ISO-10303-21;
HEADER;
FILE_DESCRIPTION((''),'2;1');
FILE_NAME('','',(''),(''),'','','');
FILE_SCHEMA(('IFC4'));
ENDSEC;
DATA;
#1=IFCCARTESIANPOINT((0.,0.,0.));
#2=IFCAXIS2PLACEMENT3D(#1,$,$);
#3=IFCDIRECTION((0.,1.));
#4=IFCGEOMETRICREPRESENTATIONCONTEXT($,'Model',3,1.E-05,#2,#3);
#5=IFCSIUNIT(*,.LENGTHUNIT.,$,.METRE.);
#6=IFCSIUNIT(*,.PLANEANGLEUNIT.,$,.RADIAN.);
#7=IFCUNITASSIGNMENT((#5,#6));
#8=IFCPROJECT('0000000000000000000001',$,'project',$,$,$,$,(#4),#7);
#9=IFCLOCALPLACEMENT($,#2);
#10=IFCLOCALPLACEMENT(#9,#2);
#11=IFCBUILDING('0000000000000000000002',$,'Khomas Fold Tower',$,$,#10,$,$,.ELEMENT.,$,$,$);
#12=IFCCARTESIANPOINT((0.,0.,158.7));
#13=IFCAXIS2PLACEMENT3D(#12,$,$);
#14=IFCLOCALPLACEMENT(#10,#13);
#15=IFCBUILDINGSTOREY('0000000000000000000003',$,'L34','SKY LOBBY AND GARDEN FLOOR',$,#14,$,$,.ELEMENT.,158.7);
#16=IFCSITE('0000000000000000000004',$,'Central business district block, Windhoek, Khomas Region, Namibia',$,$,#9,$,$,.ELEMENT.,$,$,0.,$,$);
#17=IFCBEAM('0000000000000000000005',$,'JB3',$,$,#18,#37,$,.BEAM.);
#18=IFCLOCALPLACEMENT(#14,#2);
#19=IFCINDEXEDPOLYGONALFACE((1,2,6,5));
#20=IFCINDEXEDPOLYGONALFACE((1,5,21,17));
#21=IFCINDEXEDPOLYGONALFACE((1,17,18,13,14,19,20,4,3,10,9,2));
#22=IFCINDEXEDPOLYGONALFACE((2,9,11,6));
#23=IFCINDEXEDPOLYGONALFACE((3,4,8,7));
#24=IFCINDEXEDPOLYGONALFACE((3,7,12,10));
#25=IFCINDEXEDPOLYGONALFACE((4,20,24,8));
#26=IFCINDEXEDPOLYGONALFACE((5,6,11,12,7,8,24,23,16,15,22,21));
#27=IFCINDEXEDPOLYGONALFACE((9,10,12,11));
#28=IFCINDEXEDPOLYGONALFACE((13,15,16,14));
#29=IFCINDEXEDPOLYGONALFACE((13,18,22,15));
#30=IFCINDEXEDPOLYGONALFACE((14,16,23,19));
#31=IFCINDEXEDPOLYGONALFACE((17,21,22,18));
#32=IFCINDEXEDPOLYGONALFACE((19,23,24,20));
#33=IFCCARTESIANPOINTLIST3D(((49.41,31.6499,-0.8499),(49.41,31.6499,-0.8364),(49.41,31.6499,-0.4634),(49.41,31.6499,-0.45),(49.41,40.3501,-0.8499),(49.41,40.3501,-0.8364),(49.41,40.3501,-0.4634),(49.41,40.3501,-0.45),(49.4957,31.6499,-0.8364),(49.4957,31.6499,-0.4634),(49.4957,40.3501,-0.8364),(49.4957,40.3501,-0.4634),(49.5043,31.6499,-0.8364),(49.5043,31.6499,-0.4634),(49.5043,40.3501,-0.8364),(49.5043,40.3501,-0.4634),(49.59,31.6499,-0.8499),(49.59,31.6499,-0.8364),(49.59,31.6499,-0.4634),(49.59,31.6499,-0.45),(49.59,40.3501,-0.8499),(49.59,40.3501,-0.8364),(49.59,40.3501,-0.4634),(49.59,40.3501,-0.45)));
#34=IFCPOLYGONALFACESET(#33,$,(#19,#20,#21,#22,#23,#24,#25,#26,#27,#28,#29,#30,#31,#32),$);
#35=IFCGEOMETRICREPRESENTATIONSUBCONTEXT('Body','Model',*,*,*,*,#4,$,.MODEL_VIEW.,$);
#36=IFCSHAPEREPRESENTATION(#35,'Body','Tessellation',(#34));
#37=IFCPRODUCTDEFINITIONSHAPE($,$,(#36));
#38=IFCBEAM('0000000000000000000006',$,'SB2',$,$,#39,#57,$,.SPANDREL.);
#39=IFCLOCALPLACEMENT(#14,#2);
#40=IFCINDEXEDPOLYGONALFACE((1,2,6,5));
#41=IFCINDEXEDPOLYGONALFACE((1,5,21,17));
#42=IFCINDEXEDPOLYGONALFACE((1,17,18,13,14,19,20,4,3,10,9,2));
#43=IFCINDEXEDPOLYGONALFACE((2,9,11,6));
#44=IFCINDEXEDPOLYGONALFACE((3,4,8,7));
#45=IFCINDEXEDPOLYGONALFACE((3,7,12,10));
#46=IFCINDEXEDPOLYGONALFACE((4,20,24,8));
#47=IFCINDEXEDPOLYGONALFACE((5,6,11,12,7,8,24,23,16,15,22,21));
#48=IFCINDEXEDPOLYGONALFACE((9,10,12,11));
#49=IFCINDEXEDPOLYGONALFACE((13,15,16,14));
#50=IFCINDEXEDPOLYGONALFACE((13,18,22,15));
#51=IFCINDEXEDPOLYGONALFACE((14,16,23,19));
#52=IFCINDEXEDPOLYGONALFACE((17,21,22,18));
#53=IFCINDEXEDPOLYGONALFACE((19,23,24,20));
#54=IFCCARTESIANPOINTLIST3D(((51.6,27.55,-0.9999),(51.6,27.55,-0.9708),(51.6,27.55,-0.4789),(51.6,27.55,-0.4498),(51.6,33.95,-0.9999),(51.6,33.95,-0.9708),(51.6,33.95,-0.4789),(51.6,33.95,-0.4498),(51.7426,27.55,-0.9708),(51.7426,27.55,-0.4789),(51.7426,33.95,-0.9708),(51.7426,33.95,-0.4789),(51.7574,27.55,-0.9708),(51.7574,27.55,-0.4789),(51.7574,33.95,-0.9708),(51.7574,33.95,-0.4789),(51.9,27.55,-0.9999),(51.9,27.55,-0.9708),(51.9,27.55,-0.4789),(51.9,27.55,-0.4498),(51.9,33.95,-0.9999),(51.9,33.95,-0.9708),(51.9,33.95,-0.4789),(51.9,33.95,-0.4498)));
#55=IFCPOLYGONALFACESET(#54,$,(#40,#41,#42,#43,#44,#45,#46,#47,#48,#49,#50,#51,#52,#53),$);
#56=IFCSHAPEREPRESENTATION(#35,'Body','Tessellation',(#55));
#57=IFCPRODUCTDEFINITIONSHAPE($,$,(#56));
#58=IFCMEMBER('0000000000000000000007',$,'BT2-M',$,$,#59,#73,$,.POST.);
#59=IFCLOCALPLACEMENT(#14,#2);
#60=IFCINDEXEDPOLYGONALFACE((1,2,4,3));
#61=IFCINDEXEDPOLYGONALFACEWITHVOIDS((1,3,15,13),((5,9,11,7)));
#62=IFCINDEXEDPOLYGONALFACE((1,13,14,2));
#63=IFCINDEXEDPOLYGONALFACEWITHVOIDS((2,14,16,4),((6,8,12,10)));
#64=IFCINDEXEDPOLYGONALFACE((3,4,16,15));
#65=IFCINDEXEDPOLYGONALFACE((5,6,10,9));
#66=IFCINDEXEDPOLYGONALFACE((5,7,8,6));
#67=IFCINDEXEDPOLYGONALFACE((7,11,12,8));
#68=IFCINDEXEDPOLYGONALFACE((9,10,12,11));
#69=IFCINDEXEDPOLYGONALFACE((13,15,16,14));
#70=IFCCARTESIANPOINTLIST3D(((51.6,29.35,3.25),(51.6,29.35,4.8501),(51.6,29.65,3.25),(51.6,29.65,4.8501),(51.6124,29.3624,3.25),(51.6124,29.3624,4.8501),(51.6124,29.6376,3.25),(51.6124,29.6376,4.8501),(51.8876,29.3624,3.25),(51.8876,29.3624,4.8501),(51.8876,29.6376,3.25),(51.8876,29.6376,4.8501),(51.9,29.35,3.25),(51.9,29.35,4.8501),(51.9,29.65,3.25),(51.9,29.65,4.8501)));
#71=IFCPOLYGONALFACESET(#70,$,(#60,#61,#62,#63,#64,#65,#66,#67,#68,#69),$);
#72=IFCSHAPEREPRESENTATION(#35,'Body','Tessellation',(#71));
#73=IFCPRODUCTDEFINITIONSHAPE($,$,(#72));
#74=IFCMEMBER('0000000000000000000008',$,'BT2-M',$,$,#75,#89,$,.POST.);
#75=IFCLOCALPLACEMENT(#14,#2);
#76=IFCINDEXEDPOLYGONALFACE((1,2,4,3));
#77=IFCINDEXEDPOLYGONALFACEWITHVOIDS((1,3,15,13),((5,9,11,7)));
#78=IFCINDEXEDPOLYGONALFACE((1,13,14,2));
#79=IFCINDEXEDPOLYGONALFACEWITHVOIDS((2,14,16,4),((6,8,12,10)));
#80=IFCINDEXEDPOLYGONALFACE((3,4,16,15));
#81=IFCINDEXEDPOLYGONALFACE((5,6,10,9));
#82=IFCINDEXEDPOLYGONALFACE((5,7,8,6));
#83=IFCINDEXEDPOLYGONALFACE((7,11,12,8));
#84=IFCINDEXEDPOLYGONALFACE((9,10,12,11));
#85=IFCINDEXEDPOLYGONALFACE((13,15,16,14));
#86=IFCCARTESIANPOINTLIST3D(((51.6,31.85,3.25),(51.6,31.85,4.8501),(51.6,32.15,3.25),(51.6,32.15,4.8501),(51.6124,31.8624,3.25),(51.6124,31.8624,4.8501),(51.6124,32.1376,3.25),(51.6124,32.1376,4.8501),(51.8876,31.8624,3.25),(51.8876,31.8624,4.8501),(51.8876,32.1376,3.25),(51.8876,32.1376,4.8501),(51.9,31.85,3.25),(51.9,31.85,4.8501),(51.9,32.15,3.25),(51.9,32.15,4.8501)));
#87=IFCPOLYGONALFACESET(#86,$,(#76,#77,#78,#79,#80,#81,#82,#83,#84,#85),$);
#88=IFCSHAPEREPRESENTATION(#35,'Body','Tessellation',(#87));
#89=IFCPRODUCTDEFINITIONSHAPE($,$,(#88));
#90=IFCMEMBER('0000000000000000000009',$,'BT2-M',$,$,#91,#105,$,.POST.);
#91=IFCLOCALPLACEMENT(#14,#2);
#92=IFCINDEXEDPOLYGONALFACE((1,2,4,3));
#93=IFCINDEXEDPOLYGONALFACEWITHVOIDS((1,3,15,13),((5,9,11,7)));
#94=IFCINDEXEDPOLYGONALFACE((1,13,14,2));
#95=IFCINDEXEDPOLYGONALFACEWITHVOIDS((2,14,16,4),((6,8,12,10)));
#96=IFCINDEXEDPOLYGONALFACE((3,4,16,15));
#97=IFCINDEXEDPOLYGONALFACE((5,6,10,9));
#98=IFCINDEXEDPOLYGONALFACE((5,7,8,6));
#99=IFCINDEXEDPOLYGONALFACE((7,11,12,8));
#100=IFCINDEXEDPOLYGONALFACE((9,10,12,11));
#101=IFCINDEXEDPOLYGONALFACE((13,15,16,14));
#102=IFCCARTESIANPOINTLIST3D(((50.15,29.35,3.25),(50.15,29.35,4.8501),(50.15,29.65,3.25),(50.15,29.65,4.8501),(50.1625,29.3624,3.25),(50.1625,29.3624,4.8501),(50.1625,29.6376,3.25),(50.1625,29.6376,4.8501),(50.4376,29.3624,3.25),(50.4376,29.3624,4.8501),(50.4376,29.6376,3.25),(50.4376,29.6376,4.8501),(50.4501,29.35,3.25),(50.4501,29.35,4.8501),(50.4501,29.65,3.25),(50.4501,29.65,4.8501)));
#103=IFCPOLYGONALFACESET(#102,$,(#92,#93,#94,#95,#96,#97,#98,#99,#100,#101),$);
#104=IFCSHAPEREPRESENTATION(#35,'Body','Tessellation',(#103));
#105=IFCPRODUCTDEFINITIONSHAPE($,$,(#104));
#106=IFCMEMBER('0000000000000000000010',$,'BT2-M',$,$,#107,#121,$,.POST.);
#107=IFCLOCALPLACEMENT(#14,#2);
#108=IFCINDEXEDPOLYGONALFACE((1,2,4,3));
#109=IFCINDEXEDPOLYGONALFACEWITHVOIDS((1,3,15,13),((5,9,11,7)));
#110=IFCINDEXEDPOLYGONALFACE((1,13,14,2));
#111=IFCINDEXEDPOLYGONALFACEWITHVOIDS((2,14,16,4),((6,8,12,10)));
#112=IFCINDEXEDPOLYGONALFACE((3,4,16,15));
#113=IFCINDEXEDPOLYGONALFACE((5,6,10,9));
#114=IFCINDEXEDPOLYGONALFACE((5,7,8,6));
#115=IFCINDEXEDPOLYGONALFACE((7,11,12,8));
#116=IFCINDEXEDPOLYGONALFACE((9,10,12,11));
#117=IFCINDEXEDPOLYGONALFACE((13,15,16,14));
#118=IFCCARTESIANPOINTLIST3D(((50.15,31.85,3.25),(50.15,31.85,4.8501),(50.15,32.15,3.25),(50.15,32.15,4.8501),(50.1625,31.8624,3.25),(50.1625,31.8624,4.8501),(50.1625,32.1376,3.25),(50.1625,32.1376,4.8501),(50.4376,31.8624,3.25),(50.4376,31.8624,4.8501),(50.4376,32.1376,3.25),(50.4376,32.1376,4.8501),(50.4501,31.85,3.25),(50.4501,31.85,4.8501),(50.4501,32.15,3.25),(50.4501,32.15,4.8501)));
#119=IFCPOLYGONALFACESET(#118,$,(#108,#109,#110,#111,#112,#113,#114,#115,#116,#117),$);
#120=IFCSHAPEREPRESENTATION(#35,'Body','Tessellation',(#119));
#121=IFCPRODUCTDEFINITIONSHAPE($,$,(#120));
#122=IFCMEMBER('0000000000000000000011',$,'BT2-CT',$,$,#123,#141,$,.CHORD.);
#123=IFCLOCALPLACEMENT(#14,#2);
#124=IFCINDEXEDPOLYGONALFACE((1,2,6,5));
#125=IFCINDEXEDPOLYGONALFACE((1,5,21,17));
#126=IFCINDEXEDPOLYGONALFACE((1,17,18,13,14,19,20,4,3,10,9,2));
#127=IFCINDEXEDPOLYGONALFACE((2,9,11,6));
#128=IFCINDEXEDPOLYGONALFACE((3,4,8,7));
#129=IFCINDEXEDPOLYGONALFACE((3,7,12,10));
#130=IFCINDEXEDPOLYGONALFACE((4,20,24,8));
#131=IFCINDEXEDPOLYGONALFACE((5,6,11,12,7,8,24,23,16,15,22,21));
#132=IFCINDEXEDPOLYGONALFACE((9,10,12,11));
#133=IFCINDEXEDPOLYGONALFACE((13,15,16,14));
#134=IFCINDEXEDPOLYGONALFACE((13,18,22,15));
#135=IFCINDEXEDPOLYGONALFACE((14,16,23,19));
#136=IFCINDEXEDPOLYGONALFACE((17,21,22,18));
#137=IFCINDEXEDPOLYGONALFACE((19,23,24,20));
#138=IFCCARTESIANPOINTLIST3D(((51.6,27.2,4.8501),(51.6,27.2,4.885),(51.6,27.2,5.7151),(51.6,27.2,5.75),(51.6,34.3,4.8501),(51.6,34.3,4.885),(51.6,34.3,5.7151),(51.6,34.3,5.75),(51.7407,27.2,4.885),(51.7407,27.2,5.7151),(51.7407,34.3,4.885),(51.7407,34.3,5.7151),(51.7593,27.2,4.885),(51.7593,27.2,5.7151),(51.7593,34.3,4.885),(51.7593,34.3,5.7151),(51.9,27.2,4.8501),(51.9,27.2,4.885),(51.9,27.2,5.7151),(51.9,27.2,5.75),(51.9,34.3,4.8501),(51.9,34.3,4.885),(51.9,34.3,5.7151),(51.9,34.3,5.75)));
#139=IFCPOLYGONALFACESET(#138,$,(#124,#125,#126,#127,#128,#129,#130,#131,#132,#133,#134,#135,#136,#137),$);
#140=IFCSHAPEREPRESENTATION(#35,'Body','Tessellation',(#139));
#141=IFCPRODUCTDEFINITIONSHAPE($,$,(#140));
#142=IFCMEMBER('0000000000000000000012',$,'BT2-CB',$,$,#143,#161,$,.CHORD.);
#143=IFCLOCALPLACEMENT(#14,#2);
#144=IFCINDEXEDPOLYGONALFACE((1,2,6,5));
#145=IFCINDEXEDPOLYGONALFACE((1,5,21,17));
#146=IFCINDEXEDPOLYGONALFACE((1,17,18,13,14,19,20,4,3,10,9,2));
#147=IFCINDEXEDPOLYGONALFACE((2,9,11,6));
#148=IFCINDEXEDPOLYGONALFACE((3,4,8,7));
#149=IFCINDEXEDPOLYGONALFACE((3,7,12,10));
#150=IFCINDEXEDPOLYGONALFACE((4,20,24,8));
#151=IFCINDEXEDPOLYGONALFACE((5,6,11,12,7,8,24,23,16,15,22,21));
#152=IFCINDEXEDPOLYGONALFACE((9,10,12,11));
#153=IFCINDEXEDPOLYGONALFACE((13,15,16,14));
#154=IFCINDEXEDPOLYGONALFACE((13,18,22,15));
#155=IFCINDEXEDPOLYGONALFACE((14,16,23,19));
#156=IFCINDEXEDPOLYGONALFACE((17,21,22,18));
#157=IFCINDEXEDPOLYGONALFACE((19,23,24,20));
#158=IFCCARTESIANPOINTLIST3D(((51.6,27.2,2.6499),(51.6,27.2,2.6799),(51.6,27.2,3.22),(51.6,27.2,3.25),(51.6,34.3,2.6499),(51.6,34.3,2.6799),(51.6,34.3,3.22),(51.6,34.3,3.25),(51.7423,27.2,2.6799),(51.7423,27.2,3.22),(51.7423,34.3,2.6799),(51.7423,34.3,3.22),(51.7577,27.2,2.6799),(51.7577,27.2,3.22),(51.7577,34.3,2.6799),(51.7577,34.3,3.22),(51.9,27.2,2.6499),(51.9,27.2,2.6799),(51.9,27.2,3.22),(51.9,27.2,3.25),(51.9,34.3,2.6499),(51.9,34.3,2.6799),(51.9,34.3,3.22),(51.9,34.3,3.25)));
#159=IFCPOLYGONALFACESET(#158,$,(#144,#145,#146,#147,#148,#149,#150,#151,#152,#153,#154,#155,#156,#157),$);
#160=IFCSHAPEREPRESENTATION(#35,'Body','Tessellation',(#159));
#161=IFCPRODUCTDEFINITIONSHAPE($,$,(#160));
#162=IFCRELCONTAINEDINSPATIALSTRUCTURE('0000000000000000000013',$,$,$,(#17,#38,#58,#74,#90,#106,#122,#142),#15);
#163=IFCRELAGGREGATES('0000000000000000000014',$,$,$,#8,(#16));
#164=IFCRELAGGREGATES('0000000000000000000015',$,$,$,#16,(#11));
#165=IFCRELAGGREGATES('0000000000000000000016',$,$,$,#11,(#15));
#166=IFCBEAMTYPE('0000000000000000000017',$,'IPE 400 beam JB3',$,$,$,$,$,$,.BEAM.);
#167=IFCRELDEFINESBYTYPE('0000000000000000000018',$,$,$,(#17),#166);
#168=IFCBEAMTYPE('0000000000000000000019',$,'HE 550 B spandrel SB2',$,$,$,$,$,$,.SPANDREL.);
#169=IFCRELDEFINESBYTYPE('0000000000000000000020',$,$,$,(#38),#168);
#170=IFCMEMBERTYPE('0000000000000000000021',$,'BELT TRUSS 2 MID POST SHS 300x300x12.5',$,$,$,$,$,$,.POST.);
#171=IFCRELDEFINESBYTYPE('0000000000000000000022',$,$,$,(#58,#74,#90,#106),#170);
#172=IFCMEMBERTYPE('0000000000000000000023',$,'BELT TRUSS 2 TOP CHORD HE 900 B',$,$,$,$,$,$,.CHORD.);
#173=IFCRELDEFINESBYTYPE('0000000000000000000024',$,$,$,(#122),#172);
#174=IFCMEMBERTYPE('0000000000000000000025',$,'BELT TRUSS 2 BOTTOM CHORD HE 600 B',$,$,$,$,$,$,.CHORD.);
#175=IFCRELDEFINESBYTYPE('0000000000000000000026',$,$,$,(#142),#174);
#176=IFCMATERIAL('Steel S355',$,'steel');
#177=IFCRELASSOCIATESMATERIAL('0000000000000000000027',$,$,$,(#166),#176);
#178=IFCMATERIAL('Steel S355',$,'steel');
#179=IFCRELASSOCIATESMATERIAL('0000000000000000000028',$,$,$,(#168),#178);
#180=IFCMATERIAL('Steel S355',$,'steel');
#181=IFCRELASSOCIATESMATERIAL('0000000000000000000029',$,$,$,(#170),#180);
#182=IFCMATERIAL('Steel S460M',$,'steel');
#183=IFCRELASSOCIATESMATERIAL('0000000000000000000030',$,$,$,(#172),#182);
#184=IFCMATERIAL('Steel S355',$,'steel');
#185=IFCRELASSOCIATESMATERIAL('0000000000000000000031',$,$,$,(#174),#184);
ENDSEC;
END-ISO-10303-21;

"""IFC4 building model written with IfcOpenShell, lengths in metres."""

from ifc_helpers import new_model, si_unit, direction, frame, origin, origin_2d, place, context, subcontext, project, spatial, hollow_rectangle, i_section, extrude, source, transform, mapped, material, material_profile, profile_set, type_object, element, save


model = new_model("IFC4")

# Units and contexts
model_context = context("Model", 3, precision=1e-05, world=origin(), true_north=direction((0.0, 1.0)))
body_context = subcontext(model_context, "Body", "Model", "MODEL_VIEW")
ifc_project = project(units=[si_unit("LENGTHUNIT", "METRE"), si_unit("PLANEANGLEUNIT", "RADIAN")], contexts=[model_context])

# Site, building, storey
site_placement = place(None, origin())
site = spatial("IfcSite", under=ifc_project, at=site_placement, Name="Central business district block, Windhoek, Khomas Region, Namibia", CompositionType="ELEMENT", RefElevation=0.0)
building_placement = place(site_placement, origin())
building = spatial("IfcBuilding", under=site, at=building_placement, Name="Khomas Fold Tower", CompositionType="ELEMENT")
storey_placement = place(building_placement, frame((0.0, 0.0, 158.7)))
storey = spatial("IfcBuildingStorey", under=building, at=storey_placement, Name="L34", Description="SKY LOBBY AND GARDEN FLOOR", CompositionType="ELEMENT", Elevation=158.7)

# Beams
ifc_material_1 = material(Name="Steel S355", Category="steel")
ifc_material_profile_1 = material_profile(ifc_material_1, i_section(OverallWidth=0.1799, OverallDepth=0.3999, WebThickness=0.0085, FlangeThickness=0.0134, at=origin_2d()), Name="IPE 400")
ifc_profile_set_1 = profile_set([ifc_material_profile_1], Name="Steel S355")
beam_type_1 = type_object("IfcBeamType", Name="IPE 400 beam JB3", PredefinedType="BEAM", material=ifc_profile_set_1)
shared_shape_1 = source(origin(), body_context, "Body", "SweptSolid", [
    extrude(i_section(OverallWidth=0.1799, OverallDepth=0.3999, WebThickness=0.0085, FlangeThickness=0.0134, at=origin_2d()), origin(), (0.0, 0.0, 1.0), 8.7002),
])
beam_1_placement = place(storey_placement, frame((49.5, 31.6499, -0.6499), z_axis=(0.0, 1.0, 0.0), x_axis=(-1.0, 0.0, 0.0)))
element("IfcBeam", 1, at=beam_1_placement, inside=storey, type_object=beam_type_1, Name="JB3", PredefinedType="BEAM", context=body_context, shape_type="MappedRepresentation", body=[
    mapped(shared_shape_1, transform((0.0, 0.0, 0.0))),
])
ifc_material_2 = material(Name="Steel S355", Category="steel")
ifc_material_profile_2 = material_profile(ifc_material_2, i_section(OverallWidth=0.3, OverallDepth=0.55, WebThickness=0.0149, FlangeThickness=0.0291, at=origin_2d()), Name="HE 550 B")
ifc_profile_set_2 = profile_set([ifc_material_profile_2], Name="Steel S355")
beam_type_2 = type_object("IfcBeamType", Name="HE 550 B spandrel SB2", PredefinedType="SPANDREL", material=ifc_profile_set_2)
shared_shape_2 = source(origin(), body_context, "Body", "SweptSolid", [
    extrude(i_section(OverallWidth=0.3, OverallDepth=0.55, WebThickness=0.0149, FlangeThickness=0.0291, at=origin_2d()), origin(), (0.0, 0.0, 1.0), 6.3999),
])
beam_2_placement = place(storey_placement, frame((51.75, 27.55, -0.7249), z_axis=(0.0, 1.0, 0.0), x_axis=(-1.0, 0.0, 0.0)))
element("IfcBeam", 2, at=beam_2_placement, inside=storey, type_object=beam_type_2, Name="SB2", PredefinedType="SPANDREL", context=body_context, shape_type="MappedRepresentation", body=[
    mapped(shared_shape_2, transform((0.0, 0.0, 0.0))),
])

# Members
ifc_material_3 = material(Name="Steel S355", Category="steel")
ifc_material_profile_3 = material_profile(ifc_material_3, hollow_rectangle(XDim=0.3, YDim=0.3, WallThickness=0.0125, at=origin_2d()), Name="SHS 300x300x12.5")
ifc_profile_set_3 = profile_set([ifc_material_profile_3], Name="Steel S355")
member_type_1 = type_object("IfcMemberType", Name="BELT TRUSS 2 MID POST SHS 300x300x12.5", PredefinedType="POST", material=ifc_profile_set_3)
shared_shape_3 = source(origin(), body_context, "Body", "SweptSolid", [
    extrude(hollow_rectangle(XDim=0.3, YDim=0.3, WallThickness=0.0125, at=origin_2d()), origin(), (0.0, 0.0, 1.0), 1.6001),
])
for number, where, z_axis, x_axis, name in (
    (3, (51.75, 29.5, 3.25), (0.0, 0.0, 1.0), (1.0, 0.0, 0.0), "BT2-M"),
    (4, (51.75, 32.0, 3.25), (0.0, 0.0, 1.0), (1.0, 0.0, 0.0), "BT2-M"),
    (5, (50.3, 29.5, 3.25), (0.0, 0.0, 1.0), (1.0, 0.0, 0.0), "BT2-M"),
    (6, (50.3, 32.0, 3.25), (0.0, 0.0, 1.0), (1.0, 0.0, 0.0), "BT2-M"),
):
    element("IfcMember", number, at=place(storey_placement, frame(where, z_axis=z_axis, x_axis=x_axis)), inside=storey, type_object=member_type_1, Name=name, PredefinedType="POST", context=body_context, shape_type="MappedRepresentation", body=[
        mapped(shared_shape_3, transform((0.0, 0.0, 0.0))),
    ])
ifc_material_4 = material(Name="Steel S460M", Category="steel")
ifc_material_profile_4 = material_profile(ifc_material_4, i_section(OverallWidth=0.3, OverallDepth=0.8999, WebThickness=0.0186, FlangeThickness=0.0349, at=origin_2d()), Name="HE 900 B")
ifc_profile_set_4 = profile_set([ifc_material_profile_4], Name="Steel S460M")
member_type_2 = type_object("IfcMemberType", Name="BELT TRUSS 2 TOP CHORD HE 900 B", PredefinedType="CHORD", material=ifc_profile_set_4)
shared_shape_4 = source(origin(), body_context, "Body", "SweptSolid", [
    extrude(i_section(OverallWidth=0.3, OverallDepth=0.8999, WebThickness=0.0186, FlangeThickness=0.0349, at=origin_2d()), origin(), (0.0, 0.0, 1.0), 7.1001),
])
member_1_placement = place(storey_placement, frame((51.75, 27.2, 5.3), z_axis=(0.0, 1.0, 0.0), x_axis=(-1.0, 0.0, 0.0)))
element("IfcMember", 7, at=member_1_placement, inside=storey, type_object=member_type_2, Name="BT2-CT", PredefinedType="CHORD", context=body_context, shape_type="MappedRepresentation", body=[
    mapped(shared_shape_4, transform((0.0, 0.0, 0.0))),
])
ifc_material_5 = material(Name="Steel S355", Category="steel")
ifc_material_profile_5 = material_profile(ifc_material_5, i_section(OverallWidth=0.3, OverallDepth=0.6001, WebThickness=0.0154, FlangeThickness=0.03, at=origin_2d()), Name="HE 600 B")
ifc_profile_set_5 = profile_set([ifc_material_profile_5], Name="Steel S355")
member_type_3 = type_object("IfcMemberType", Name="BELT TRUSS 2 BOTTOM CHORD HE 600 B", PredefinedType="CHORD", material=ifc_profile_set_5)
shared_shape_5 = source(origin(), body_context, "Body", "SweptSolid", [
    extrude(i_section(OverallWidth=0.3, OverallDepth=0.6001, WebThickness=0.0154, FlangeThickness=0.03, at=origin_2d()), origin(), (0.0, 0.0, 1.0), 7.1001),
])
member_2_placement = place(storey_placement, frame((51.75, 27.2, 2.95), z_axis=(0.0, 1.0, 0.0), x_axis=(-1.0, 0.0, 0.0)))
element("IfcMember", 8, at=member_2_placement, inside=storey, type_object=member_type_3, Name="BT2-CB", PredefinedType="CHORD", context=body_context, shape_type="MappedRepresentation", body=[
    mapped(shared_shape_5, transform((0.0, 0.0, 0.0))),
])

save(model, "model.ifc")
